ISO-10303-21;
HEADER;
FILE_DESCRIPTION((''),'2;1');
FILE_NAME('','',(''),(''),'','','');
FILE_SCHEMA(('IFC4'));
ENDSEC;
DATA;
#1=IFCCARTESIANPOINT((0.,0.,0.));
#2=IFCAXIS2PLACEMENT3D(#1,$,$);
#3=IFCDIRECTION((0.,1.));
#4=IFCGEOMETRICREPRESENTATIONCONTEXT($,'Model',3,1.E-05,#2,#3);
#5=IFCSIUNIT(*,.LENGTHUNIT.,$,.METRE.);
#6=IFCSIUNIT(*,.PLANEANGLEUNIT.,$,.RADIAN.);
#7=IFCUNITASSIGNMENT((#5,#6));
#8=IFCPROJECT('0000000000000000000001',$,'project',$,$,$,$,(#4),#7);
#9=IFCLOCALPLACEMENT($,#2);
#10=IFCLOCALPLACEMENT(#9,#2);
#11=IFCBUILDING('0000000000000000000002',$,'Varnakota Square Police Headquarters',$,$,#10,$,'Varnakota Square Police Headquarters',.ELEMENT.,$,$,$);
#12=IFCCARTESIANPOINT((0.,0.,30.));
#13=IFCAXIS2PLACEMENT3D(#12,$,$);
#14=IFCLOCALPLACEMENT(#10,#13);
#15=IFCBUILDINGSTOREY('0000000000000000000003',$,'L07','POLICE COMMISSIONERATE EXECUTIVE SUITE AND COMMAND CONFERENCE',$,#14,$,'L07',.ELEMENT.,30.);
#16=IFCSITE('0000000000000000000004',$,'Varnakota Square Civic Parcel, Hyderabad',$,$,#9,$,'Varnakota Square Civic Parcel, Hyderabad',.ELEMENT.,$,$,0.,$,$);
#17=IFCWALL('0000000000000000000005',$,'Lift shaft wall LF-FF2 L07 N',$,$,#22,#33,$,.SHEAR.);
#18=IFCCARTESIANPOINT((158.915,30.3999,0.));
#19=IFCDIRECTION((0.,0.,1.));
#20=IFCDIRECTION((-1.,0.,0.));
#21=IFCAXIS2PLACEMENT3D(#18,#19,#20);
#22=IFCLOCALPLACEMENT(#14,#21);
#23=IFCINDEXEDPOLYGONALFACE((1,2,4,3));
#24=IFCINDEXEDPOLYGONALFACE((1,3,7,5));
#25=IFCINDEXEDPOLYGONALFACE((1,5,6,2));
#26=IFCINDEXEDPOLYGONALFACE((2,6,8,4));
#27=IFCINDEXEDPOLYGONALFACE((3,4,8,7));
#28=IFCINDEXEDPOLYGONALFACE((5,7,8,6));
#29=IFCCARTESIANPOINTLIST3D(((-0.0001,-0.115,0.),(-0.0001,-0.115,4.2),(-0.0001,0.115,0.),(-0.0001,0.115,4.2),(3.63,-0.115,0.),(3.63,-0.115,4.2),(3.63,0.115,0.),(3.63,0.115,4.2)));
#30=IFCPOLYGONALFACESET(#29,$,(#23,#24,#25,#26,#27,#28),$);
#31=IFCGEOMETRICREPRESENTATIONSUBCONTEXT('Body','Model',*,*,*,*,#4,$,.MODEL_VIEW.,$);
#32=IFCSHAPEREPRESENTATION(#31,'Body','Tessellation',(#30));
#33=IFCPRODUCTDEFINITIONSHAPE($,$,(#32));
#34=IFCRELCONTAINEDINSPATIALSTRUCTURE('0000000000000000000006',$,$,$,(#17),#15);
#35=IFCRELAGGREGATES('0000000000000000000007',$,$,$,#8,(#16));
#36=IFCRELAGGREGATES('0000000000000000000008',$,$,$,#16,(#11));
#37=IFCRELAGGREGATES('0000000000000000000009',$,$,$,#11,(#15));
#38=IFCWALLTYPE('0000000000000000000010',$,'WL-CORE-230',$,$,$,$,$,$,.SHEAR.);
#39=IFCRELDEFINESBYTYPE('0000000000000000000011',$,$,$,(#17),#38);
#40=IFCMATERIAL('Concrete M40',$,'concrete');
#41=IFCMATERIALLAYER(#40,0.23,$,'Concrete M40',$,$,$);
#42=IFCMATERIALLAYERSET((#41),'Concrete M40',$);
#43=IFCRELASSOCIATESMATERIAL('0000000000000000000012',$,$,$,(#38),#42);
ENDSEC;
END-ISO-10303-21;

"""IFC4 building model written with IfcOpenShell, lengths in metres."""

from ifc_helpers import new_model, si_unit, direction, frame, frame_2d, origin, place, context, subcontext, project, spatial, rectangle, extrude, material, layer, layer_set, type_object, element, save


model = new_model("IFC4")

# Units and contexts
model_context = context("Model", 3, precision=1e-05, world=origin(), true_north=direction((0.0, 1.0)))
body_context = subcontext(model_context, "Body", "Model", "MODEL_VIEW")
ifc_project = project(units=[si_unit("LENGTHUNIT", "METRE"), si_unit("PLANEANGLEUNIT", "RADIAN")], contexts=[model_context])

# Site, building, storey
site_placement = place(None, origin())
site = spatial("IfcSite", under=ifc_project, at=site_placement, Name="Varnakota Square Civic Parcel, Hyderabad", LongName="Varnakota Square Civic Parcel, Hyderabad", CompositionType="ELEMENT", RefElevation=0.0)
building_placement = place(site_placement, origin())
building = spatial("IfcBuilding", under=site, at=building_placement, Name="Varnakota Square Police Headquarters", LongName="Varnakota Square Police Headquarters", CompositionType="ELEMENT")
storey_placement = place(building_placement, frame((0.0, 0.0, 30.0)))
storey = spatial("IfcBuildingStorey", under=building, at=storey_placement, Name="L07", Description="POLICE COMMISSIONERATE EXECUTIVE SUITE AND COMMAND CONFERENCE", LongName="L07", CompositionType="ELEMENT", Elevation=30.0)

# Wall
ifc_material_1 = material(Name="Concrete M40", Category="concrete")
ifc_layer_1 = layer(ifc_material_1, 0.23, Name="Concrete M40")
ifc_layer_set_1 = layer_set([ifc_layer_1], Name="Concrete M40")
wall_type_1 = type_object("IfcWallType", Name="WL-CORE-230", PredefinedType="SHEAR", material=ifc_layer_set_1)
wall_1_placement = place(storey_placement, frame((158.915, 30.3999, 0.0), z_axis=(0.0, 0.0, 1.0), x_axis=(-1.0, 0.0, 0.0)))
element("IfcWall", 1, at=wall_1_placement, inside=storey, type_object=wall_type_1, Name="Lift shaft wall LF-FF2 L07 N", PredefinedType="SHEAR", context=body_context, shape_type="SweptSolid", body=[
    extrude(rectangle(XDim=3.6301, YDim=0.23, at=frame_2d((1.8149, 0.0))), origin(), (0.0, 0.0, 1.0), 4.2),
])

save(model, "model.ifc")
